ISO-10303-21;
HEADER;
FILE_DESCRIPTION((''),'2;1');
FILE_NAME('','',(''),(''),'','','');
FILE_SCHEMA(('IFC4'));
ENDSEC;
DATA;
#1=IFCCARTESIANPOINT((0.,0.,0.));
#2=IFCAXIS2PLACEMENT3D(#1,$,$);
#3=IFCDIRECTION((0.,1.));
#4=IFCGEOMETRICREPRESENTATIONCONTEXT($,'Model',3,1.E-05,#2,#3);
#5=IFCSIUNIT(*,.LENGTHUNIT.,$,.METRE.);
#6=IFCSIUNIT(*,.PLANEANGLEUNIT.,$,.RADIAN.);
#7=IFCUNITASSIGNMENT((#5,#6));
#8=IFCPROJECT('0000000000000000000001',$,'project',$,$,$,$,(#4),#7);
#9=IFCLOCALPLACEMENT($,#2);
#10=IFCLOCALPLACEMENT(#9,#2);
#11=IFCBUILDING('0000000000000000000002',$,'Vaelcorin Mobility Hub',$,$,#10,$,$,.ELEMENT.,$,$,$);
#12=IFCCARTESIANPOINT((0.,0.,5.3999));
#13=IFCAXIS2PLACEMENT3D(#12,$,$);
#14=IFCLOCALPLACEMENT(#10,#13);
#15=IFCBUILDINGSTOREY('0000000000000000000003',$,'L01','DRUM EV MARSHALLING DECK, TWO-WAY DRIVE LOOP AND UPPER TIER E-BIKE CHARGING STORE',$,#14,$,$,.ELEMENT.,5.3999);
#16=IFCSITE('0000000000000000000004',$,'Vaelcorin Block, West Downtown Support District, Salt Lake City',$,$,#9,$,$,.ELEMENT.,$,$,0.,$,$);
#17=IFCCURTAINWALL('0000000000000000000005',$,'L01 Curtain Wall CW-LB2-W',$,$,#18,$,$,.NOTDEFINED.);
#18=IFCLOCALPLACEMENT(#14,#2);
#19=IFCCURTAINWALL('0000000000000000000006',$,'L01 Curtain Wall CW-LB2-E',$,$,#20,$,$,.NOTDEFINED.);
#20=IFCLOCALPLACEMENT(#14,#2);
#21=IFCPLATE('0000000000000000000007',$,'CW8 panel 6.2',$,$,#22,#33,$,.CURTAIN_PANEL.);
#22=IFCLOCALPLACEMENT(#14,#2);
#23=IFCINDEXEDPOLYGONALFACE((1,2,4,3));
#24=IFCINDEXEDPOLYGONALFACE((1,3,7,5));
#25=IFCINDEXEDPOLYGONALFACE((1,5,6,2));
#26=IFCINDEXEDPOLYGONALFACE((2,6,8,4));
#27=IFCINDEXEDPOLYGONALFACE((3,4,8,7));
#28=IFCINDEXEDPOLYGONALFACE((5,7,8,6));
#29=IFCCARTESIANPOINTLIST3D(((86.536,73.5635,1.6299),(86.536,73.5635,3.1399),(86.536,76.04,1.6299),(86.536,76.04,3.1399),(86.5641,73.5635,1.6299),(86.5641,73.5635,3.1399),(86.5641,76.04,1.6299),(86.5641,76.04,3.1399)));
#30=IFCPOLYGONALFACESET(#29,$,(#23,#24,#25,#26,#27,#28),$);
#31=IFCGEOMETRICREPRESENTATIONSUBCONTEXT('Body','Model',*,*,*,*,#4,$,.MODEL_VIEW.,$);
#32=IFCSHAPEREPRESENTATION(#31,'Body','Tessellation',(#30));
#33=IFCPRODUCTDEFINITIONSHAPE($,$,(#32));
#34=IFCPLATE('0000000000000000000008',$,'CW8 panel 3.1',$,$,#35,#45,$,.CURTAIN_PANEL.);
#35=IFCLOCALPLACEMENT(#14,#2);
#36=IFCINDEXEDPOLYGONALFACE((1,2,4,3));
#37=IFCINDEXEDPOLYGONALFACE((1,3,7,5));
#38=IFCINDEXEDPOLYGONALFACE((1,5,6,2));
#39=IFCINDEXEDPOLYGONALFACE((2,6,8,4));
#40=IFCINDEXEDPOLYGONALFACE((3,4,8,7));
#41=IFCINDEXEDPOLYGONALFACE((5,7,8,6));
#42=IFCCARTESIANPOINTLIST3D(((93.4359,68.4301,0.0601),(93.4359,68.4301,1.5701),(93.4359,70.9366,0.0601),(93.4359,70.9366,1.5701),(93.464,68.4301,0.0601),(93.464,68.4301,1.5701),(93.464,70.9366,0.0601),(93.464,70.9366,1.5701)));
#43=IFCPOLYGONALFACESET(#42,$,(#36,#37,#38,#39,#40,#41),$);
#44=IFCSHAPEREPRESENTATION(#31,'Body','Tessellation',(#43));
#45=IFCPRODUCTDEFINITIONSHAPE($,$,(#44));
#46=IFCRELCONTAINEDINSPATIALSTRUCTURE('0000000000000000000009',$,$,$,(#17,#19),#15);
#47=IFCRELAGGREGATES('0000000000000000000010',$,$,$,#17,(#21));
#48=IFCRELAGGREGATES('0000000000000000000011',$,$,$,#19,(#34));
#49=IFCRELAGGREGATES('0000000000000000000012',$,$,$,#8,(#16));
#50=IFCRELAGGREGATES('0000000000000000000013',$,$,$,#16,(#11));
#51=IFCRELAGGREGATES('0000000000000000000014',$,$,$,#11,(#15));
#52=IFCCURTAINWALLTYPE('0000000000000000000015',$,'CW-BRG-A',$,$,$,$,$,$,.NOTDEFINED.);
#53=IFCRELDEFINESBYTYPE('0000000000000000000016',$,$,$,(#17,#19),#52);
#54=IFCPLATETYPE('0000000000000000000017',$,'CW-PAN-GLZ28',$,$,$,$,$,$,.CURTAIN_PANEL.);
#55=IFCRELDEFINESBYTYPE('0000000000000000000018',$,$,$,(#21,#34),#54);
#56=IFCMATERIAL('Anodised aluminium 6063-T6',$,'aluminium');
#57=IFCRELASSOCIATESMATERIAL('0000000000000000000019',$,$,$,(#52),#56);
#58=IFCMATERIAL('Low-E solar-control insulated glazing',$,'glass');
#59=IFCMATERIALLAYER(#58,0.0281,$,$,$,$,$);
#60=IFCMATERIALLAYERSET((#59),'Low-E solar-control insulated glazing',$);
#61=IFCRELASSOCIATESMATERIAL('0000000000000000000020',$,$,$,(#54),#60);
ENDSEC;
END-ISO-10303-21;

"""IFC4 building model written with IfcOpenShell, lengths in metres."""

from ifc_helpers import new_model, si_unit, direction, frame, origin, origin_2d, place, context, subcontext, project, spatial, rectangle, extrude, material, layer, layer_set, type_object, element, aggregate, save


model = new_model("IFC4")

# Units and contexts
model_context = context("Model", 3, precision=1e-05, world=origin(), true_north=direction((0.0, 1.0)))
body_context = subcontext(model_context, "Body", "Model", "MODEL_VIEW")
ifc_project = project(units=[si_unit("LENGTHUNIT", "METRE"), si_unit("PLANEANGLEUNIT", "RADIAN")], contexts=[model_context])

# Site, building, storey
site_placement = place(None, origin())
site = spatial("IfcSite", under=ifc_project, at=site_placement, Name="Vaelcorin Block, West Downtown Support District, Salt Lake City", CompositionType="ELEMENT", RefElevation=0.0)
building_placement = place(site_placement, origin())
building = spatial("IfcBuilding", under=site, at=building_placement, Name="Vaelcorin Mobility Hub", CompositionType="ELEMENT")
storey_placement = place(building_placement, frame((0.0, 0.0, 5.3999)))
storey = spatial("IfcBuildingStorey", under=building, at=storey_placement, Name="L01", Description="DRUM EV MARSHALLING DECK, TWO-WAY DRIVE LOOP AND UPPER TIER E-BIKE CHARGING STORE", CompositionType="ELEMENT", Elevation=5.3999)

# Curtain wall
ifc_material_1 = material(Name="Anodised aluminium 6063-T6", Category="aluminium")
curtain_wall_type_1 = type_object("IfcCurtainWallType", Name="CW-BRG-A", PredefinedType="NOTDEFINED", material=ifc_material_1)
curtain_wall_1_placement = place(storey_placement, origin())
curtain_wall_1 = element("IfcCurtainWall", 1, at=curtain_wall_1_placement, inside=storey, type_object=curtain_wall_type_1, Name="L01 Curtain Wall CW-LB2-W", PredefinedType="NOTDEFINED")

# Curtain wall
curtain_wall_2_placement = place(storey_placement, origin())
curtain_wall_2 = element("IfcCurtainWall", 2, at=curtain_wall_2_placement, inside=storey, type_object=curtain_wall_type_1, Name="L01 Curtain Wall CW-LB2-E", PredefinedType="NOTDEFINED")

# Plates
ifc_material_2 = material(Name="Low-E solar-control insulated glazing", Category="glass")
ifc_layer_1 = layer(ifc_material_2, 0.0281)
ifc_layer_set_1 = layer_set([ifc_layer_1], Name="Low-E solar-control insulated glazing")
plate_type = type_object("IfcPlateType", Name="CW-PAN-GLZ28", PredefinedType="CURTAIN_PANEL", material=ifc_layer_set_1)
plate_1_placement = place(storey_placement, frame((86.55, 74.8018, 1.6299), z_axis=(0.0, 0.0, 1.0), x_axis=(0.0, 1.0, 0.0)))
plate_1 = element("IfcPlate", 3, at=plate_1_placement, type_object=plate_type, Name="CW8 panel 6.2", PredefinedType="CURTAIN_PANEL", context=body_context, shape_type="SweptSolid", body=[
    extrude(rectangle(XDim=2.4766, YDim=0.0281, at=origin_2d()), origin(), (0.0, 0.0, 1.0), 1.51),
])
aggregate(curtain_wall_1, [plate_1])
plate_2_placement = place(storey_placement, frame((93.45, 69.6833, 0.0601), z_axis=(0.0, 0.0, 1.0), x_axis=(0.0, -1.0, 0.0)))
plate_2 = element("IfcPlate", 4, at=plate_2_placement, type_object=plate_type, Name="CW8 panel 3.1", PredefinedType="CURTAIN_PANEL", context=body_context, shape_type="SweptSolid", body=[
    extrude(rectangle(XDim=2.5066, YDim=0.0281, at=origin_2d()), origin(), (0.0, 0.0, 1.0), 1.51),
])
aggregate(curtain_wall_2, [plate_2])

save(model, "model.ifc")
